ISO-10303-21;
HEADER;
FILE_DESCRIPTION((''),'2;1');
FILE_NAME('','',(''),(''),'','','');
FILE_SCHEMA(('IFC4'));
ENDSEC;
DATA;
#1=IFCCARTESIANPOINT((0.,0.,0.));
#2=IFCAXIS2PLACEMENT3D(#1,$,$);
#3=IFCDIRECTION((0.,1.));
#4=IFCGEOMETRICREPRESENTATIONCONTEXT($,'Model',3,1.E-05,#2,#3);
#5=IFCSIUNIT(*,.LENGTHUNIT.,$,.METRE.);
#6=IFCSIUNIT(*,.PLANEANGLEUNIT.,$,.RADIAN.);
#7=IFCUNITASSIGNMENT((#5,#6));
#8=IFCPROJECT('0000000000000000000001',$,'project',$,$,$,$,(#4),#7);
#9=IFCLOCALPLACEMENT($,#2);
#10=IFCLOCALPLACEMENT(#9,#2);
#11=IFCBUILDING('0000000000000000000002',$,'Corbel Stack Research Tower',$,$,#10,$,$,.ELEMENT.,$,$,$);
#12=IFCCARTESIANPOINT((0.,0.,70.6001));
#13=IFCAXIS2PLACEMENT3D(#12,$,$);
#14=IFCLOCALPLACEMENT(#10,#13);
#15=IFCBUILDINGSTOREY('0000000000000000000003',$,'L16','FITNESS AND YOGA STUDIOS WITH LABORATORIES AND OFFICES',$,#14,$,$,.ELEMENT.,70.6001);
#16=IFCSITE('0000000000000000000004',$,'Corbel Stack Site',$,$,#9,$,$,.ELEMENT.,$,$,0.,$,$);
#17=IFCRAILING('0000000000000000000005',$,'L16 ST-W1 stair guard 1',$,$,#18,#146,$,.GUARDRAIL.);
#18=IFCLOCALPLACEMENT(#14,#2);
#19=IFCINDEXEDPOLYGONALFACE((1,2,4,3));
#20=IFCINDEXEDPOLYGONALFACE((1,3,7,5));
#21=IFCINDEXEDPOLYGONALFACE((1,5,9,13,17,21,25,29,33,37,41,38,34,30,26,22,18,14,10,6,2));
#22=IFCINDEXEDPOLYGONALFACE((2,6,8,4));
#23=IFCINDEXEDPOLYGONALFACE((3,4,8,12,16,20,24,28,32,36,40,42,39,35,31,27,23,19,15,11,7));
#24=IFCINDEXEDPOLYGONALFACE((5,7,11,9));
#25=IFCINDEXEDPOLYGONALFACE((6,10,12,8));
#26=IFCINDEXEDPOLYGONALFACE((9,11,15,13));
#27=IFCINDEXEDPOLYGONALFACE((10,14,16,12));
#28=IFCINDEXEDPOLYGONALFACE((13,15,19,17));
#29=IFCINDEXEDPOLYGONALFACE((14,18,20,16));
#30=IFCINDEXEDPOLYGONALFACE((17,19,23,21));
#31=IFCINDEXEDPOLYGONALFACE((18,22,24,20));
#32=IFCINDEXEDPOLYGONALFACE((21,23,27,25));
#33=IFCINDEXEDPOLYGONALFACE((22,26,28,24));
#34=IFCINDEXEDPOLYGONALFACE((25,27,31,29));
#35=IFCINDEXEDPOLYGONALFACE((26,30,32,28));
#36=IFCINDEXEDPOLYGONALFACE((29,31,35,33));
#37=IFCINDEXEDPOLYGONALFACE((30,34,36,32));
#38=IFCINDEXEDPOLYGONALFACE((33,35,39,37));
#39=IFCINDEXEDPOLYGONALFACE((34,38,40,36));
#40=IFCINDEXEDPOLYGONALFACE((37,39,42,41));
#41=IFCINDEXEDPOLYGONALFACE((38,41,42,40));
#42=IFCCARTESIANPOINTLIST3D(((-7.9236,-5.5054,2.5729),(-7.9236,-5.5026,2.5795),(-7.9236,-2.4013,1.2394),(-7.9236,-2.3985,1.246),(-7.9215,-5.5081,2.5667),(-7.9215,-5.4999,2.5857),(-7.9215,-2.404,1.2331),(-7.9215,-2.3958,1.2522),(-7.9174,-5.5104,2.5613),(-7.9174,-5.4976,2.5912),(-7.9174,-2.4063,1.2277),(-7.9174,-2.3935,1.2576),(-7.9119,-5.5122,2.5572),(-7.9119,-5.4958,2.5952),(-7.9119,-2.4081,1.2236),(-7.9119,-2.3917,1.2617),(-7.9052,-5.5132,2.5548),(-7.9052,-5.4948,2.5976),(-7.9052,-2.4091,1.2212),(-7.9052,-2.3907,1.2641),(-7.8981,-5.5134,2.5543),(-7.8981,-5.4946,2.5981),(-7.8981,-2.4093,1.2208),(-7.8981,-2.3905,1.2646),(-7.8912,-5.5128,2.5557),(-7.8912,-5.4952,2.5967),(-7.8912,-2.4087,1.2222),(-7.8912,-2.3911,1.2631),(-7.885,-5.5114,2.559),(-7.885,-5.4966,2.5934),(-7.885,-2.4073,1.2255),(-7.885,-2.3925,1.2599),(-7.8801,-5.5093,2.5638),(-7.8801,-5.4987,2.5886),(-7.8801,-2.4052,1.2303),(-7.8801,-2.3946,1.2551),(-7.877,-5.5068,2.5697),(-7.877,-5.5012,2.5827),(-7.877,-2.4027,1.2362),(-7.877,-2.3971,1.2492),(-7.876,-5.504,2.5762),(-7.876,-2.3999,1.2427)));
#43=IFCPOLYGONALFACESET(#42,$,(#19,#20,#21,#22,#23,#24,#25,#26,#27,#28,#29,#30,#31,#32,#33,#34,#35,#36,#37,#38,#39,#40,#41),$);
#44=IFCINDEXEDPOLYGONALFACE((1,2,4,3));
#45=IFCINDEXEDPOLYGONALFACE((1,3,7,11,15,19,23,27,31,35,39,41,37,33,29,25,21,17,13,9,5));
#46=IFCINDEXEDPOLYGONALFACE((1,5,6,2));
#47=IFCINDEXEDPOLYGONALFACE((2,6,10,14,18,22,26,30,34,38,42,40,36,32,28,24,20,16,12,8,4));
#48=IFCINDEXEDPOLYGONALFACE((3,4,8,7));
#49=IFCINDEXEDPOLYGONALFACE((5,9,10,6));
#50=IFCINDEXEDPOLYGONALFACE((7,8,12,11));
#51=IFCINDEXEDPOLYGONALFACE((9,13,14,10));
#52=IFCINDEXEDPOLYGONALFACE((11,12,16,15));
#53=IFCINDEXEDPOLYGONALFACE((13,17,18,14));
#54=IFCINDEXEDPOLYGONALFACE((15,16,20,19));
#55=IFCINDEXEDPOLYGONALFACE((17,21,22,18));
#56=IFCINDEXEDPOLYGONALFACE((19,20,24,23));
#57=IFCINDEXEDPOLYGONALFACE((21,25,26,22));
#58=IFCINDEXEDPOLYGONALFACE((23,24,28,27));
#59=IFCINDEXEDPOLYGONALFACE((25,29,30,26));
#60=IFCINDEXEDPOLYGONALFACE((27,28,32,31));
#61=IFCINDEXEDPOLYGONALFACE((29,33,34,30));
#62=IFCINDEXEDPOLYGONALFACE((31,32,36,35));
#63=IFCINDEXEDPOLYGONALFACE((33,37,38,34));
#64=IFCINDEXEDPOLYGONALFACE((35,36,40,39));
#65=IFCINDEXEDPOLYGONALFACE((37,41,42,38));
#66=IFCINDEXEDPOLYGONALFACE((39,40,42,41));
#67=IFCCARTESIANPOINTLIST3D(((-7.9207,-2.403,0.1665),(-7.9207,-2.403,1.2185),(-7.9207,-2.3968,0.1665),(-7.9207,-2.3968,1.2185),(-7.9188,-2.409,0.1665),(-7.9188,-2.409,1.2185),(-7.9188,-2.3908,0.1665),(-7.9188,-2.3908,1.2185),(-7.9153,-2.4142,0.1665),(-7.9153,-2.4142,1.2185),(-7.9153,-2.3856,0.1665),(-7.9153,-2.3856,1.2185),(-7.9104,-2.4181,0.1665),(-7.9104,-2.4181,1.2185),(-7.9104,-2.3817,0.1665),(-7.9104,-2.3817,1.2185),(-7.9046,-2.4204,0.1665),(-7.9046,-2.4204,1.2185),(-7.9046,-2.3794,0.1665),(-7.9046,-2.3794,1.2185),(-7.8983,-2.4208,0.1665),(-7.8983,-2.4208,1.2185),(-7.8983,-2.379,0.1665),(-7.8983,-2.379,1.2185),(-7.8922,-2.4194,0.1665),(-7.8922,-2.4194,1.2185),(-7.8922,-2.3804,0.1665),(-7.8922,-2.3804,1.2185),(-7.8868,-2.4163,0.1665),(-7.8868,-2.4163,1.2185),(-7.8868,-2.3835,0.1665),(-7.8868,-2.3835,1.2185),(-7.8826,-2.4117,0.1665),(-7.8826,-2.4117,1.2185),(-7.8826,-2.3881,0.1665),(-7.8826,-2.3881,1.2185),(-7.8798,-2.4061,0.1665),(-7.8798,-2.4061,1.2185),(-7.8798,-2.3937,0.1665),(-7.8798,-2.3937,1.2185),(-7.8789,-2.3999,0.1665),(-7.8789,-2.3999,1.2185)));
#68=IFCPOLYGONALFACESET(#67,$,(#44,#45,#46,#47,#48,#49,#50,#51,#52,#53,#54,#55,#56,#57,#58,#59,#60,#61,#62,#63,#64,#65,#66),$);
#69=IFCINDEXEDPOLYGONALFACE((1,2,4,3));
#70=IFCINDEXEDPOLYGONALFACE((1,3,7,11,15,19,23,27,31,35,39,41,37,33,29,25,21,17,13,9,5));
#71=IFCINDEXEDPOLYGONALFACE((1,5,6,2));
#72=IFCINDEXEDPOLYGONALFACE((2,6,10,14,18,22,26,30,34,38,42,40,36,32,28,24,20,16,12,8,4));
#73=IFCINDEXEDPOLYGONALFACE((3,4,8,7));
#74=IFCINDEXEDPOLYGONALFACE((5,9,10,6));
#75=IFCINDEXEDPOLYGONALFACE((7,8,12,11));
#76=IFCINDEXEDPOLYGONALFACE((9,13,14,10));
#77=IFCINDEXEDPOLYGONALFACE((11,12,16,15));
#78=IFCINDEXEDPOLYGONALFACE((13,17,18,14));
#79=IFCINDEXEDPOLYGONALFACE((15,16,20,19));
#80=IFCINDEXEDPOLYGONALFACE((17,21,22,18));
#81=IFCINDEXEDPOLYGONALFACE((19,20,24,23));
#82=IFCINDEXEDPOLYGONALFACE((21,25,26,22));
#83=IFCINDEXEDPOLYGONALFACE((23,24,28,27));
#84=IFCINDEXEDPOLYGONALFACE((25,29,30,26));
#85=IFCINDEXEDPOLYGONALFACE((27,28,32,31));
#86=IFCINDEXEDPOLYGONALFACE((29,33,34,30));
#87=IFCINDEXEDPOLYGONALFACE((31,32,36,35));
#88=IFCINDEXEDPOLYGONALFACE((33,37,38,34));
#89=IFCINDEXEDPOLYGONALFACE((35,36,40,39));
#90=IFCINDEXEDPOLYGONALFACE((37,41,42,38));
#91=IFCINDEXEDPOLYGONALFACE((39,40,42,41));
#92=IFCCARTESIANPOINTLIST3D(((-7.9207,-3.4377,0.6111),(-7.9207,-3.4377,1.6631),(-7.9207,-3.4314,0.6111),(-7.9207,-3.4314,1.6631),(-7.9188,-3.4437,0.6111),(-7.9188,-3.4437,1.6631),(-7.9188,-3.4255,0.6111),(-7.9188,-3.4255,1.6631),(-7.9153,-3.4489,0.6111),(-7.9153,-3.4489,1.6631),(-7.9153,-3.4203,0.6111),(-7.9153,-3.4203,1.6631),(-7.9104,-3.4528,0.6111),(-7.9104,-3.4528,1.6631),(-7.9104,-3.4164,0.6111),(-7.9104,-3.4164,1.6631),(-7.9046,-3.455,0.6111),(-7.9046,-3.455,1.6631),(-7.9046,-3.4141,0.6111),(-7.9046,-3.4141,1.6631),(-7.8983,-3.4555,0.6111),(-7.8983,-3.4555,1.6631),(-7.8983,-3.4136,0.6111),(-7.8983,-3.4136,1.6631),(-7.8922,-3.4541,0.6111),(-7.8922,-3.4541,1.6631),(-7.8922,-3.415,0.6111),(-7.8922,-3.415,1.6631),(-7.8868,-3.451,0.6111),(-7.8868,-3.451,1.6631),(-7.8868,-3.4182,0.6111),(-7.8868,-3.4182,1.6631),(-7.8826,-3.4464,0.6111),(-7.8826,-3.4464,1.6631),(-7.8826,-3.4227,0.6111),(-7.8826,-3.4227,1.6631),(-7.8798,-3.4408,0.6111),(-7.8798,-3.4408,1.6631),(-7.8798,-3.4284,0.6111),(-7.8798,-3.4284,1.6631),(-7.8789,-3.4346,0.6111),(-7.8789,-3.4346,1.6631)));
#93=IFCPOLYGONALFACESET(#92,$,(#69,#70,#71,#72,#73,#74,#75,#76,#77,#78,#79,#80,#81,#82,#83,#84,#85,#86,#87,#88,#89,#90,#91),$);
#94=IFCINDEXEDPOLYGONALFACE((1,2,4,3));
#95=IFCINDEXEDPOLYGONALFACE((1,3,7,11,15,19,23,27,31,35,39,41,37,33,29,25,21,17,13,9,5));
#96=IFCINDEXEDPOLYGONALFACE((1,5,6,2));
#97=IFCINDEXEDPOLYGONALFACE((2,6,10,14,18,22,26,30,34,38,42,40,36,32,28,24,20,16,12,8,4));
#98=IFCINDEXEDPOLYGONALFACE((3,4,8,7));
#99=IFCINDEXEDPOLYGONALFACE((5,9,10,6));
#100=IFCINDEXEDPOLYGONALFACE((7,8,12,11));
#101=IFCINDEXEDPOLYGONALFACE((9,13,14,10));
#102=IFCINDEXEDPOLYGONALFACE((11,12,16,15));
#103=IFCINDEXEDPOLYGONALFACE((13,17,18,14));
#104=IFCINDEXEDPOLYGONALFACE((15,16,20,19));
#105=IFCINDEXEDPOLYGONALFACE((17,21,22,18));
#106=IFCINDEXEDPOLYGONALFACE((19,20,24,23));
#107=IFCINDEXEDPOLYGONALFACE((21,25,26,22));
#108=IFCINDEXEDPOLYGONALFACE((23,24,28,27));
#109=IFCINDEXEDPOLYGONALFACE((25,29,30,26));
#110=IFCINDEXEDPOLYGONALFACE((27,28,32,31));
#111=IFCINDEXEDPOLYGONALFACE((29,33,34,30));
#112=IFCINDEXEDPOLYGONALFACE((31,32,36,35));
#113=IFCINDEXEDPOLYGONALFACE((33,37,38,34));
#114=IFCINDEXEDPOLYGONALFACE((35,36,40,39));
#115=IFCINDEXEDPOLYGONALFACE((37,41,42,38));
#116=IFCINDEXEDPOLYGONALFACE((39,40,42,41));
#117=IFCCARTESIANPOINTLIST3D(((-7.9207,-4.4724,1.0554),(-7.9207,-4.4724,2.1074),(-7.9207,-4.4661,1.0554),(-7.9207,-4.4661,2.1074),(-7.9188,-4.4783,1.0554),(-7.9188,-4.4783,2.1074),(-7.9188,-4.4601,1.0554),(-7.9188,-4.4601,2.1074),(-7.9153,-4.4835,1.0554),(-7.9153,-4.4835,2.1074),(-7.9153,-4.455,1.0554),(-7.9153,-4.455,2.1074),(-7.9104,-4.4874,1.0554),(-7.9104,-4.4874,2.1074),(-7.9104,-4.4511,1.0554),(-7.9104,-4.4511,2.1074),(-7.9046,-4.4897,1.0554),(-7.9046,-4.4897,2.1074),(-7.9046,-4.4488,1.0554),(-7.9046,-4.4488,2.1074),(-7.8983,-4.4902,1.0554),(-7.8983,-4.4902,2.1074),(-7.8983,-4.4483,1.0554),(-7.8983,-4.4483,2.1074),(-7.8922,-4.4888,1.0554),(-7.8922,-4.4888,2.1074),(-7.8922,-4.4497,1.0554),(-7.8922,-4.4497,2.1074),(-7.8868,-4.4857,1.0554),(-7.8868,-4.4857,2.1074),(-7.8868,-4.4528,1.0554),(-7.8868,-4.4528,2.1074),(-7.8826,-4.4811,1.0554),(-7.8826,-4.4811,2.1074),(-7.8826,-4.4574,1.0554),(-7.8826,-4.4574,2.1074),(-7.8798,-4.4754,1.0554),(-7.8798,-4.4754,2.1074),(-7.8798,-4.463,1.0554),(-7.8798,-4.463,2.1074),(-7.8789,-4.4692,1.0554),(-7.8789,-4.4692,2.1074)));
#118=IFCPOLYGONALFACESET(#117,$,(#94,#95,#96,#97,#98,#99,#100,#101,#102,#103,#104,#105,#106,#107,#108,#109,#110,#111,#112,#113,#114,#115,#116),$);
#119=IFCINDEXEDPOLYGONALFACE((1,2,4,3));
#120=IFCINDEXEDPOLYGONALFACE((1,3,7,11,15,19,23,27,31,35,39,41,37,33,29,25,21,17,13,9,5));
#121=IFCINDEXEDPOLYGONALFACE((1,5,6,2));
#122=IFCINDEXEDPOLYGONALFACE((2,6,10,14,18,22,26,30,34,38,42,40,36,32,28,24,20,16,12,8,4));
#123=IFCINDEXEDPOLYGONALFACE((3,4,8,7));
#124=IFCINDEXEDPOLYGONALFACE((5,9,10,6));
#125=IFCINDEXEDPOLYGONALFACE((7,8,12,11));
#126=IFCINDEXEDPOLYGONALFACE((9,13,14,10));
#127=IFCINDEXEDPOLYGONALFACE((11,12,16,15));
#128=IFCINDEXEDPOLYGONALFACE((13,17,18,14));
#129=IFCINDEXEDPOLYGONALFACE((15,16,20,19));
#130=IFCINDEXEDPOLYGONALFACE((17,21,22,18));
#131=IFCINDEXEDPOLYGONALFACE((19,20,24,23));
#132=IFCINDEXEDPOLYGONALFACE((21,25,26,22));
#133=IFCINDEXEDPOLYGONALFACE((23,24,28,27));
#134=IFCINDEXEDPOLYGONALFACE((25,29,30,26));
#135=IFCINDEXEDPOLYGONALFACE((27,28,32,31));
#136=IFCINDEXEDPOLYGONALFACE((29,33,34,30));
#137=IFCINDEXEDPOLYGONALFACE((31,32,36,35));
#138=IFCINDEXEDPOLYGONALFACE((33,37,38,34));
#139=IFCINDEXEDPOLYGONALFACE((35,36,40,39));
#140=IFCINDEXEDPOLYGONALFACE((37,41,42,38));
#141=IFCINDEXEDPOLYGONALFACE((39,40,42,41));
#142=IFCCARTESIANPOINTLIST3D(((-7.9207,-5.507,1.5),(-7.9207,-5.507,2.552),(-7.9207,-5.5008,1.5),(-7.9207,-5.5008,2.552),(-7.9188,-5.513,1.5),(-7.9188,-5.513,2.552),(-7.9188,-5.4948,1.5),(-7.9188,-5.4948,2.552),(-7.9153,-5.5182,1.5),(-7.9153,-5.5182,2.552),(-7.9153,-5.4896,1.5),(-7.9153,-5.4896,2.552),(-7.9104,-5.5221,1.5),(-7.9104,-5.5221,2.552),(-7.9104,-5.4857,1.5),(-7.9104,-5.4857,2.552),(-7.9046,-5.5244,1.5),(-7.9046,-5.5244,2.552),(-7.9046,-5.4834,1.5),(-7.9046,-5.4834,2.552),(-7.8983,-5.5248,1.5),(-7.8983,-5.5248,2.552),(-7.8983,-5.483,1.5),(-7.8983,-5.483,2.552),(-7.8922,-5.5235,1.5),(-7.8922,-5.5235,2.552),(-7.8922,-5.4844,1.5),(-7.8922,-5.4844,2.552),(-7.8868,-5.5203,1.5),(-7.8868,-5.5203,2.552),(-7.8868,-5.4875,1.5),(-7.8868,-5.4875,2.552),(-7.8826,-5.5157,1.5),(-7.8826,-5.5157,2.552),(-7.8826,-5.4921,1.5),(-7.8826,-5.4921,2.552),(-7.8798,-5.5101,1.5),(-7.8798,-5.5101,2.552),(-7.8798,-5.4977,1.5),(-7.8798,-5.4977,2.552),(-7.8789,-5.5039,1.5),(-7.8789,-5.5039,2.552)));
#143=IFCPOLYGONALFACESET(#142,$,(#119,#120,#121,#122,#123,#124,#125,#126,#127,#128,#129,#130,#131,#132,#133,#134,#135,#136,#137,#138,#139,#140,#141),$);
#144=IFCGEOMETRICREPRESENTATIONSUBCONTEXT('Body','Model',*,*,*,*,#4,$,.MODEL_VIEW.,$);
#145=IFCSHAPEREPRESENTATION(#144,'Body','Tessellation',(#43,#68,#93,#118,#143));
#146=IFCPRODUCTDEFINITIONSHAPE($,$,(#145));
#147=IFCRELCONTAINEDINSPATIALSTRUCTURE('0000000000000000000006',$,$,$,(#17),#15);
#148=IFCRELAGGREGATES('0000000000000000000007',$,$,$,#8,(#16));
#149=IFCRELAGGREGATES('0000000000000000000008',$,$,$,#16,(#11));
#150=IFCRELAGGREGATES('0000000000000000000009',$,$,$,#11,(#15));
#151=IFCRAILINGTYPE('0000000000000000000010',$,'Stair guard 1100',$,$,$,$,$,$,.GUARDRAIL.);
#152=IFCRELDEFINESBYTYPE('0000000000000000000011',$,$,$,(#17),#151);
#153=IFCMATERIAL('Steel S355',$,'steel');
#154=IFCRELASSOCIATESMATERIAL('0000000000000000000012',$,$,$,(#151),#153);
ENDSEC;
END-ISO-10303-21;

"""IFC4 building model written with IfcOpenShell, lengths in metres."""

from ifc_helpers import new_model, si_unit, direction, frame, origin, origin_2d, place, context, subcontext, project, spatial, circle, extrude, material, type_object, element, save


model = new_model("IFC4")

# Units and contexts
model_context = context("Model", 3, precision=1e-05, world=origin(), true_north=direction((0.0, 1.0)))
body_context = subcontext(model_context, "Body", "Model", "MODEL_VIEW")
ifc_project = project(units=[si_unit("LENGTHUNIT", "METRE"), si_unit("PLANEANGLEUNIT", "RADIAN")], contexts=[model_context])

# Site, building, storey
site_placement = place(None, origin())
site = spatial("IfcSite", under=ifc_project, at=site_placement, Name="Corbel Stack Site", CompositionType="ELEMENT", RefElevation=0.0)
building_placement = place(site_placement, origin())
building = spatial("IfcBuilding", under=site, at=building_placement, Name="Corbel Stack Research Tower", CompositionType="ELEMENT")
storey_placement = place(building_placement, frame((0.0, 0.0, 70.6001)))
storey = spatial("IfcBuildingStorey", under=building, at=storey_placement, Name="L16", Description="FITNESS AND YOGA STUDIOS WITH LABORATORIES AND OFFICES", CompositionType="ELEMENT", Elevation=70.6001)

# Railing
ifc_material_1 = material(Name="Steel S355", Category="steel")
railing_type_1 = type_object("IfcRailingType", Name="Stair guard 1100", PredefinedType="GUARDRAIL", material=ifc_material_1)
railing_1_placement = place(storey_placement, frame((-7.8999, -2.3999, 0.1665)))
element("IfcRailing", 1, at=railing_1_placement, inside=storey, type_object=railing_type_1, Name="L16 ST-W1 stair guard 1", PredefinedType="GUARDRAIL", context=body_context, shape_type="SweptSolid", body=[
    extrude(circle(Radius=0.0239, at=origin_2d()), frame((0.0, 0.0, 1.0762), z_axis=(0.0, -0.918801, 0.394722), x_axis=(1.0, 0.0, 0.0)), (0.0, 0.0, 1.0), 3.3784),
    extrude(circle(Radius=0.021, at=origin_2d()), origin(), (0.0, 0.0, 1.0), 1.052),
    extrude(circle(Radius=0.021, at=origin_2d()), frame((0.0, -1.0347, 0.4446)), (0.0, 0.0, 1.0), 1.052),
    extrude(circle(Radius=0.021, at=origin_2d()), frame((0.0, -2.0693, 0.8889)), (0.0, 0.0, 1.0), 1.052),
    extrude(circle(Radius=0.021, at=origin_2d()), frame((0.0, -3.104, 1.3335)), (0.0, 0.0, 1.0), 1.052),
])

save(model, "model.ifc")
